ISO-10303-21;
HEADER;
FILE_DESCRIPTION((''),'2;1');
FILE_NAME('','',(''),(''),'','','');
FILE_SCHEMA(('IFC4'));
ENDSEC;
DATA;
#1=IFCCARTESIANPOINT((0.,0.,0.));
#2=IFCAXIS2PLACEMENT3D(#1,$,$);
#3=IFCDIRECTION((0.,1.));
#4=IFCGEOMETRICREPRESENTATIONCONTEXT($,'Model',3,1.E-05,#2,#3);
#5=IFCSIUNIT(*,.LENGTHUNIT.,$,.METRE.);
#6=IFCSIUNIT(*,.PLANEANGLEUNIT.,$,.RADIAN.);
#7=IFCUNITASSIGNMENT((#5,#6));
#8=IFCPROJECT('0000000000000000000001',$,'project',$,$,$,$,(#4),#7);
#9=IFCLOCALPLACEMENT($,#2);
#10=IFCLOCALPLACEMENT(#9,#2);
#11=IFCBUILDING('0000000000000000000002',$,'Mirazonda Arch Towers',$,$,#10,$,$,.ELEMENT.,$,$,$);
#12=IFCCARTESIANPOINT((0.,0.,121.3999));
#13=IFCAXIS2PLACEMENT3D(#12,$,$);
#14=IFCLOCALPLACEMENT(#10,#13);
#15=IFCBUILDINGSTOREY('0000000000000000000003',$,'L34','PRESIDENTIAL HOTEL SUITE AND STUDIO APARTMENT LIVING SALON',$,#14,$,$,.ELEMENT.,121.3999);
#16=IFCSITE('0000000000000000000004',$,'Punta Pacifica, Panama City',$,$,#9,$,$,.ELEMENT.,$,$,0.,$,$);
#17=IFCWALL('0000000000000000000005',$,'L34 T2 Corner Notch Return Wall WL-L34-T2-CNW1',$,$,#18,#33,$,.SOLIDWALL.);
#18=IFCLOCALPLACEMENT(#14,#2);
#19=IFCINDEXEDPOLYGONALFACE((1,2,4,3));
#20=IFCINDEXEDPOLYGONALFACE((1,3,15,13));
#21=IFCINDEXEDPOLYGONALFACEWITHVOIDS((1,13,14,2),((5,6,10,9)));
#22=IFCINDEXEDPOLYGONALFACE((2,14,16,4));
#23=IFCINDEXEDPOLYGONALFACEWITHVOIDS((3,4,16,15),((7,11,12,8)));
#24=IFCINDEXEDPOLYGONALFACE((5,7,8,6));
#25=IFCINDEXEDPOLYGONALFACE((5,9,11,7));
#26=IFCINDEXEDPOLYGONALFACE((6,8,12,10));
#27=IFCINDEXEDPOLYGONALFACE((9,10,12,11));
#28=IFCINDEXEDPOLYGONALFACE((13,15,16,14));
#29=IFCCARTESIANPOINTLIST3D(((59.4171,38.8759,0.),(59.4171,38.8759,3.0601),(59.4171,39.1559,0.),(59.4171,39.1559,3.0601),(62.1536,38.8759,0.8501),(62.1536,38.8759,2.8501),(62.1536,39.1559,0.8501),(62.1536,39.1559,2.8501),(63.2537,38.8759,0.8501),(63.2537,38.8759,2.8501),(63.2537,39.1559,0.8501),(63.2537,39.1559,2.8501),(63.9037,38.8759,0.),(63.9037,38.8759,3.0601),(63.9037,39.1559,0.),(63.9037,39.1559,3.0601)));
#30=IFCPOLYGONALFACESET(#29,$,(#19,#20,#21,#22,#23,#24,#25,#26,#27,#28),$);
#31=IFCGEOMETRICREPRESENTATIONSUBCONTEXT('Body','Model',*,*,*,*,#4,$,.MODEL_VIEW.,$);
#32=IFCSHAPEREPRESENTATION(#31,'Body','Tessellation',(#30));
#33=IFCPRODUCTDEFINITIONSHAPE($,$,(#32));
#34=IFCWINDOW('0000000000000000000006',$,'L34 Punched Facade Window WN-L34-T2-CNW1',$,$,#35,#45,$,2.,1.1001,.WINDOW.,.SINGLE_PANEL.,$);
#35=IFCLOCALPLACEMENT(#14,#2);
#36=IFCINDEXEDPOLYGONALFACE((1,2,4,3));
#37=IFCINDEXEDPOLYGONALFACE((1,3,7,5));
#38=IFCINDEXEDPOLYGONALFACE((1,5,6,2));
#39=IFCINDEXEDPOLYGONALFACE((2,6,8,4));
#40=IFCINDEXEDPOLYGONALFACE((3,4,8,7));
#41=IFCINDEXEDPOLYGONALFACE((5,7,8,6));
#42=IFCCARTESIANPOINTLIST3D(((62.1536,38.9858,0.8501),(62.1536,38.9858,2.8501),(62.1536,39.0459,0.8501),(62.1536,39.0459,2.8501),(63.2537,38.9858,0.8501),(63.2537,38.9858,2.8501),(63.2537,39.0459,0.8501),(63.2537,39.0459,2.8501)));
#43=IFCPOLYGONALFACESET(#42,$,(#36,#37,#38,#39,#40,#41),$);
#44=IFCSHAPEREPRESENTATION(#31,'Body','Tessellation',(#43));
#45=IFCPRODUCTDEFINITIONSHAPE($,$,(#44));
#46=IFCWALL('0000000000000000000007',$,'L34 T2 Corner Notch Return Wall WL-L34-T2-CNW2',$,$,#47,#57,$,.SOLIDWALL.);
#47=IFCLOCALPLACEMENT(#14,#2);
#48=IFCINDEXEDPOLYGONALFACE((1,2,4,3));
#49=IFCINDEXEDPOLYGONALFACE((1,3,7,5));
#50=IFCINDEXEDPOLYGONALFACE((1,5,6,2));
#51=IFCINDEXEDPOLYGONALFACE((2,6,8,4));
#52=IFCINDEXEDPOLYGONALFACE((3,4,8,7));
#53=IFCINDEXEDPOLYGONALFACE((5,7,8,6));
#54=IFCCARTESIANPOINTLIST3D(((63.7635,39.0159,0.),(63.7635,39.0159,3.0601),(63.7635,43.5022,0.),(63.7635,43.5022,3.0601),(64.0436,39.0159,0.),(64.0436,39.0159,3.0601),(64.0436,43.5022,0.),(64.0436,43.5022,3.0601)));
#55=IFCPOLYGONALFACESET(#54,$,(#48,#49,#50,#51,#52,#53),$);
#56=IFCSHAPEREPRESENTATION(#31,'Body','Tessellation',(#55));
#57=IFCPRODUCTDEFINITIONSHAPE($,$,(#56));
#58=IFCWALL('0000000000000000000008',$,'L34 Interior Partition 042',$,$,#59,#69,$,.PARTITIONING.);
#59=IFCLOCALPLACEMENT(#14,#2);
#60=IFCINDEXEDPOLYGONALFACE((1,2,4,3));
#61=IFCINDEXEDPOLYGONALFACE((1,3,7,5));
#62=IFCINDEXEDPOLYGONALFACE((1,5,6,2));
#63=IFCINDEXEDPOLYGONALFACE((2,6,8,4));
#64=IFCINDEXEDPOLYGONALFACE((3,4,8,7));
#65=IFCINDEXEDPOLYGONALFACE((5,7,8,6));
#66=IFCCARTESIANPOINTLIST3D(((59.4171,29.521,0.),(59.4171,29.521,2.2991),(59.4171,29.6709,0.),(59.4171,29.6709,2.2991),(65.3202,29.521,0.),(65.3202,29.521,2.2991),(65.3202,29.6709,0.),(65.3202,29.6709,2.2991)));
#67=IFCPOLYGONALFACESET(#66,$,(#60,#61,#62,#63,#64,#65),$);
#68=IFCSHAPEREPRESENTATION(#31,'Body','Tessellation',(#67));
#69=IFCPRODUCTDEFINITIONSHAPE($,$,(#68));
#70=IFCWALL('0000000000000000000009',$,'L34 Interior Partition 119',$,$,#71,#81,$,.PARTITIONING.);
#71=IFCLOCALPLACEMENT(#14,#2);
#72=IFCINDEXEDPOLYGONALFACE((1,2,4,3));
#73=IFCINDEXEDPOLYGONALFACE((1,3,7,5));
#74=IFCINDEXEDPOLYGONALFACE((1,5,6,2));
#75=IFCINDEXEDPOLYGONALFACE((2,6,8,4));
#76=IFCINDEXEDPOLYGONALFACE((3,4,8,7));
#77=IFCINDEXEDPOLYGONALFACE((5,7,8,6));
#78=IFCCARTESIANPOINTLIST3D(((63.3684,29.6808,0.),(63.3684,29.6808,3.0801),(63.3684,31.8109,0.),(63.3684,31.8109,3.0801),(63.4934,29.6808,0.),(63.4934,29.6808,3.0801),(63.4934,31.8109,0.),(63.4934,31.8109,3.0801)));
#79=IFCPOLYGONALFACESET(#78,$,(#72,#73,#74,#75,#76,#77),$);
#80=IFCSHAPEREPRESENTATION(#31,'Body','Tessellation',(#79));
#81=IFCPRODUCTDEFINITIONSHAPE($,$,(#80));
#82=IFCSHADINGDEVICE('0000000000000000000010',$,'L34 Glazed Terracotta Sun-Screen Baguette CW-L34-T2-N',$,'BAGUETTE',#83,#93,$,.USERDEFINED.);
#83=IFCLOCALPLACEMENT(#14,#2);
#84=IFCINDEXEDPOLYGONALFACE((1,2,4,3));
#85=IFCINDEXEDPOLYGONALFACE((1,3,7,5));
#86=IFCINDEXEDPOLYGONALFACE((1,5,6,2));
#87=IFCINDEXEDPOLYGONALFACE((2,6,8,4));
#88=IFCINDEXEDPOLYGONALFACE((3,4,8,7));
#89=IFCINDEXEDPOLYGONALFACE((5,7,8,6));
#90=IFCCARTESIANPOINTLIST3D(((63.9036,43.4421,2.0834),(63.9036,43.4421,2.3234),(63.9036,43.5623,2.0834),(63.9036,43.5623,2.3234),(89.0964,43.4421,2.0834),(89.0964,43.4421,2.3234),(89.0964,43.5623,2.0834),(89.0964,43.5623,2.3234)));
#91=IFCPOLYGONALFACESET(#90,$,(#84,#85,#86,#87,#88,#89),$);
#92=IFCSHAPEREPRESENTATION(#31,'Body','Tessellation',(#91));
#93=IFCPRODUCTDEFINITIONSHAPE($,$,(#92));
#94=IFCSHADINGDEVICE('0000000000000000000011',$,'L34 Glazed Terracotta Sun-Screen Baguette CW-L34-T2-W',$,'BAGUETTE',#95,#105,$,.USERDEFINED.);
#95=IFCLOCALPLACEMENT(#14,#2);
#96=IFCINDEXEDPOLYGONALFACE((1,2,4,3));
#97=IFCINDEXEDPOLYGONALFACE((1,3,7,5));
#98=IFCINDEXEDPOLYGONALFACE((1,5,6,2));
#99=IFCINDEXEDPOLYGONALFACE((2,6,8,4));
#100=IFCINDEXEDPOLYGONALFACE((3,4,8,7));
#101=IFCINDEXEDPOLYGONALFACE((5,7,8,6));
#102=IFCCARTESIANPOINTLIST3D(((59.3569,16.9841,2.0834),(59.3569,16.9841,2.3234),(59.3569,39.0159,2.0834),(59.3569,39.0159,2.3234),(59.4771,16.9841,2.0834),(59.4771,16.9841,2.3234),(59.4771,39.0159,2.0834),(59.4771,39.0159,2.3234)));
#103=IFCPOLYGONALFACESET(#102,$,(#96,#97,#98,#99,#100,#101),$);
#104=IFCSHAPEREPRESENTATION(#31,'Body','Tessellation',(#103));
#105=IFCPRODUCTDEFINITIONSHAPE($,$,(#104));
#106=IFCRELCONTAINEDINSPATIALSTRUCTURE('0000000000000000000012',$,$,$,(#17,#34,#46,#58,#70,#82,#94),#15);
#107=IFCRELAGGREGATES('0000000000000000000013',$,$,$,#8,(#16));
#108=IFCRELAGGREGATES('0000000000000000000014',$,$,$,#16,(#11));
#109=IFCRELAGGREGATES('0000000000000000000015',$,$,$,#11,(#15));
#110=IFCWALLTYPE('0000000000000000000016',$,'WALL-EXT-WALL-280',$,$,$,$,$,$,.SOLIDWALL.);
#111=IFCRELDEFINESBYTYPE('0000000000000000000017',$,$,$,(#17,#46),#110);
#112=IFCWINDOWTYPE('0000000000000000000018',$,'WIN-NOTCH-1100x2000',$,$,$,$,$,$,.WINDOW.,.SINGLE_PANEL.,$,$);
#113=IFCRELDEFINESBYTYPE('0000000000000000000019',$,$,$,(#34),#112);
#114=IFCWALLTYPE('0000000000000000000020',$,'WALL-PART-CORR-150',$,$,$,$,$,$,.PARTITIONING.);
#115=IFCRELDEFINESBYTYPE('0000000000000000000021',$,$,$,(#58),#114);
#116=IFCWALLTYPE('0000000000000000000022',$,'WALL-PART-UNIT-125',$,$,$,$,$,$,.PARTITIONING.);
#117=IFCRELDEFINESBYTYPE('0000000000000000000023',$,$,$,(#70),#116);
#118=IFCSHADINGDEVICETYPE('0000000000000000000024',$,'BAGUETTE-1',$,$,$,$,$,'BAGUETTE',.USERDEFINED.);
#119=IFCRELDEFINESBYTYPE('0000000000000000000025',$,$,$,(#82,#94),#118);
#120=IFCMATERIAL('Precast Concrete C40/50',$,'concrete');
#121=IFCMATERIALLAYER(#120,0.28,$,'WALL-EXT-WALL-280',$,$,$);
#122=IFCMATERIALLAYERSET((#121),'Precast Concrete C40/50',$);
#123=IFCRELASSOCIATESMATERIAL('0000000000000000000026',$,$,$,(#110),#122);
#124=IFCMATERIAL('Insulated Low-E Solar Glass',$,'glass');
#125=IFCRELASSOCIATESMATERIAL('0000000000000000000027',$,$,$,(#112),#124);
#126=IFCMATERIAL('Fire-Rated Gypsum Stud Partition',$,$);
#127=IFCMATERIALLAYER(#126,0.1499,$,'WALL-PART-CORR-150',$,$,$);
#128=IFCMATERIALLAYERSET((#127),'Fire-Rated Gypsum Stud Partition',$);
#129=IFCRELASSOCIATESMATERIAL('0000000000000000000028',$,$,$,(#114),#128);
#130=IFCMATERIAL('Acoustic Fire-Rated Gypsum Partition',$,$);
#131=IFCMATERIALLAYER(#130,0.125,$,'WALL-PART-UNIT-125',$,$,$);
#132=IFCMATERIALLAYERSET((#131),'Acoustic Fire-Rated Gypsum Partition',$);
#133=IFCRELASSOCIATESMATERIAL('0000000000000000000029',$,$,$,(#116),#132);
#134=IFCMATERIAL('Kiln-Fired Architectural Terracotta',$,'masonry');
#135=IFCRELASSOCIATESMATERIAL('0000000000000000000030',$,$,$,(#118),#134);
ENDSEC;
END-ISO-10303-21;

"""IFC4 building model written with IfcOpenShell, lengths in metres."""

from ifc_helpers import new_model, si_unit, direction, frame, frame_2d, origin, origin_2d, place, context, subcontext, project, spatial, rectangle, extrude, material, layer, layer_set, material_profile, profile_set, type_object, element, fill, save


model = new_model("IFC4")

# Units and contexts
model_context = context("Model", 3, precision=1e-05, world=origin(), true_north=direction((0.0, 1.0)))
body_context = subcontext(model_context, "Body", "Model", "MODEL_VIEW")
ifc_project = project(units=[si_unit("LENGTHUNIT", "METRE"), si_unit("PLANEANGLEUNIT", "RADIAN")], contexts=[model_context])

# Site, building, storey
site_placement = place(None, origin())
site = spatial("IfcSite", under=ifc_project, at=site_placement, Name="Punta Pacifica, Panama City", CompositionType="ELEMENT", RefElevation=0.0)
building_placement = place(site_placement, origin())
building = spatial("IfcBuilding", under=site, at=building_placement, Name="Mirazonda Arch Towers", CompositionType="ELEMENT")
storey_placement = place(building_placement, frame((0.0, 0.0, 121.3999)))
storey = spatial("IfcBuildingStorey", under=building, at=storey_placement, Name="L34", Description="PRESIDENTIAL HOTEL SUITE AND STUDIO APARTMENT LIVING SALON", CompositionType="ELEMENT", Elevation=121.3999)

# Shared definitions
ifc_material_1 = material(Name="Insulated Low-E Solar Glass", Category="glass")

# Wall, opening, window
ifc_material_2 = material(Name="Precast Concrete C40/50", Category="concrete")
ifc_layer_1 = layer(ifc_material_2, 0.28, Name="WALL-EXT-WALL-280")
ifc_layer_set_1 = layer_set([ifc_layer_1], Name="Precast Concrete C40/50")
wall_type_1 = type_object("IfcWallType", Name="WALL-EXT-WALL-280", PredefinedType="SOLIDWALL", material=ifc_layer_set_1)
window_type = type_object("IfcWindowType", Name="WIN-NOTCH-1100x2000", PartitioningType="SINGLE_PANEL", PredefinedType="WINDOW", material=ifc_material_1)
wall_1_placement = place(storey_placement, frame((63.9036, 39.0159, 0.0), z_axis=(0.0, 0.0, 1.0), x_axis=(-1.0, 0.0, 0.0)))
wall_1 = element("IfcWall", 1, at=wall_1_placement, inside=storey, type_object=wall_type_1, Name="L34 T2 Corner Notch Return Wall WL-L34-T2-CNW1", PredefinedType="SOLIDWALL", context=body_context, shape_type="SweptSolid", body=[
    extrude(rectangle(XDim=4.4866, YDim=0.28, at=frame_2d((2.2432, 0.0))), origin(), (0.0, 0.0, 1.0), 3.0601),
])
opening_1_placement = place(wall_1_placement, frame((0.6499, 0.0, 0.8501)))
opening_1 = element("IfcOpeningElement", 2, at=opening_1_placement, cuts=wall_1, PredefinedType="OPENING", context=body_context, shape_type="SweptSolid", body=[
    extrude(rectangle(XDim=1.1001, YDim=2.0, at=frame_2d((0.55, 1.0))), frame((0.0, 0.1499, 0.0), z_axis=(0.0, -1.0, 0.0), x_axis=(1.0, 0.0, 0.0)), (0.0, 0.0, 1.0), 0.3),
])
window_1_placement = place(opening_1_placement, origin())
window_1 = element("IfcWindow", 3, at=window_1_placement, inside=storey, type_object=window_type, Name="L34 Punched Facade Window WN-L34-T2-CNW1", OverallHeight=2.0, OverallWidth=1.1001, PartitioningType="SINGLE_PANEL", PredefinedType="WINDOW", context=body_context, shape_type="SweptSolid", body=[
    extrude(rectangle(XDim=1.1001, YDim=2.0, at=frame_2d((0.55, 1.0))), frame((0.0, 0.03, 0.0), z_axis=(0.0, -1.0, 0.0), x_axis=(1.0, 0.0, 0.0)), (0.0, 0.0, 1.0), 0.0601),
])
fill(opening_1, window_1)

# Walls
wall_2_placement = place(storey_placement, frame((63.9036, 43.5022, 0.0), z_axis=(0.0, 0.0, 1.0), x_axis=(0.0, -1.0, 0.0)))
element("IfcWall", 4, at=wall_2_placement, inside=storey, type_object=wall_type_1, Name="L34 T2 Corner Notch Return Wall WL-L34-T2-CNW2", PredefinedType="SOLIDWALL", context=body_context, shape_type="SweptSolid", body=[
    extrude(rectangle(XDim=4.4863, YDim=0.28, at=frame_2d((2.2432, 0.0))), origin(), (0.0, 0.0, 1.0), 3.0601),
])
ifc_material_3 = material(Name="Fire-Rated Gypsum Stud Partition")
ifc_layer_2 = layer(ifc_material_3, 0.1499, Name="WALL-PART-CORR-150")
ifc_layer_set_2 = layer_set([ifc_layer_2], Name="Fire-Rated Gypsum Stud Partition")
wall_type_2 = type_object("IfcWallType", Name="WALL-PART-CORR-150", PredefinedType="PARTITIONING", material=ifc_layer_set_2)
wall_3_placement = place(storey_placement, frame((59.417, 29.5959, 0.0), z_axis=(0.0, 0.0, 1.0), x_axis=(1.0, 0.0, 0.0)))
element("IfcWall", 5, at=wall_3_placement, inside=storey, type_object=wall_type_2, Name="L34 Interior Partition 042", PredefinedType="PARTITIONING", context=body_context, shape_type="SweptSolid", body=[
    extrude(rectangle(XDim=5.9031, YDim=0.1499, at=frame_2d((2.9517, 0.0))), origin(), (0.0, 0.0, 1.0), 2.2991),
])

# Wall
ifc_material_4 = material(Name="Acoustic Fire-Rated Gypsum Partition")
ifc_layer_3 = layer(ifc_material_4, 0.125, Name="WALL-PART-UNIT-125")
ifc_layer_set_3 = layer_set([ifc_layer_3], Name="Acoustic Fire-Rated Gypsum Partition")
wall_type_3 = type_object("IfcWallType", Name="WALL-PART-UNIT-125", PredefinedType="PARTITIONING", material=ifc_layer_set_3)
wall_4_placement = place(storey_placement, frame((63.4309, 29.6809, 0.0), z_axis=(0.0, 0.0, 1.0), x_axis=(0.0, 1.0, 0.0)))
element("IfcWall", 6, at=wall_4_placement, inside=storey, type_object=wall_type_3, Name="L34 Interior Partition 119", PredefinedType="PARTITIONING", context=body_context, shape_type="SweptSolid", body=[
    extrude(rectangle(XDim=2.1301, YDim=0.125, at=frame_2d((1.0649, 0.0))), origin(), (0.0, 0.0, 1.0), 3.0801),
])

# Shading devices
ifc_material_5 = material(Name="Kiln-Fired Architectural Terracotta", Category="masonry")
ifc_material_profile_1 = material_profile(ifc_material_5, rectangle(XDim=0.1201, YDim=0.24, at=origin_2d()), Name="TERRA-BAG-120x240")
ifc_profile_set_1 = profile_set([ifc_material_profile_1], Name="Kiln-Fired Architectural Terracotta")
shading_device_type = type_object("IfcShadingDeviceType", Name="BAGUETTE-1", ElementType="BAGUETTE", PredefinedType="USERDEFINED", material=ifc_profile_set_1)
shading_device_1_placement = place(storey_placement, frame((63.9036, 43.5022, 2.2034), z_axis=(1.0, 0.0, 0.0), x_axis=(0.0, 1.0, 0.0)))
element("IfcShadingDevice", 7, at=shading_device_1_placement, inside=storey, type_object=shading_device_type, Name="L34 Glazed Terracotta Sun-Screen Baguette CW-L34-T2-N", ObjectType="BAGUETTE", PredefinedType="USERDEFINED", context=body_context, shape_type="SweptSolid", body=[
    extrude(rectangle(XDim=0.1201, YDim=0.24, at=origin_2d()), origin(), (0.0, 0.0, 1.0), 25.1929),
])
shading_device_2_placement = place(storey_placement, frame((59.417, 39.0159, 2.2034), z_axis=(0.0, -1.0, 0.0), x_axis=(1.0, 0.0, 0.0)))
element("IfcShadingDevice", 8, at=shading_device_2_placement, inside=storey, type_object=shading_device_type, Name="L34 Glazed Terracotta Sun-Screen Baguette CW-L34-T2-W", ObjectType="BAGUETTE", PredefinedType="USERDEFINED", context=body_context, shape_type="SweptSolid", body=[
    extrude(rectangle(XDim=0.1201, YDim=0.24, at=origin_2d()), origin(), (0.0, 0.0, 1.0), 22.0317),
])

save(model, "model.ifc")
